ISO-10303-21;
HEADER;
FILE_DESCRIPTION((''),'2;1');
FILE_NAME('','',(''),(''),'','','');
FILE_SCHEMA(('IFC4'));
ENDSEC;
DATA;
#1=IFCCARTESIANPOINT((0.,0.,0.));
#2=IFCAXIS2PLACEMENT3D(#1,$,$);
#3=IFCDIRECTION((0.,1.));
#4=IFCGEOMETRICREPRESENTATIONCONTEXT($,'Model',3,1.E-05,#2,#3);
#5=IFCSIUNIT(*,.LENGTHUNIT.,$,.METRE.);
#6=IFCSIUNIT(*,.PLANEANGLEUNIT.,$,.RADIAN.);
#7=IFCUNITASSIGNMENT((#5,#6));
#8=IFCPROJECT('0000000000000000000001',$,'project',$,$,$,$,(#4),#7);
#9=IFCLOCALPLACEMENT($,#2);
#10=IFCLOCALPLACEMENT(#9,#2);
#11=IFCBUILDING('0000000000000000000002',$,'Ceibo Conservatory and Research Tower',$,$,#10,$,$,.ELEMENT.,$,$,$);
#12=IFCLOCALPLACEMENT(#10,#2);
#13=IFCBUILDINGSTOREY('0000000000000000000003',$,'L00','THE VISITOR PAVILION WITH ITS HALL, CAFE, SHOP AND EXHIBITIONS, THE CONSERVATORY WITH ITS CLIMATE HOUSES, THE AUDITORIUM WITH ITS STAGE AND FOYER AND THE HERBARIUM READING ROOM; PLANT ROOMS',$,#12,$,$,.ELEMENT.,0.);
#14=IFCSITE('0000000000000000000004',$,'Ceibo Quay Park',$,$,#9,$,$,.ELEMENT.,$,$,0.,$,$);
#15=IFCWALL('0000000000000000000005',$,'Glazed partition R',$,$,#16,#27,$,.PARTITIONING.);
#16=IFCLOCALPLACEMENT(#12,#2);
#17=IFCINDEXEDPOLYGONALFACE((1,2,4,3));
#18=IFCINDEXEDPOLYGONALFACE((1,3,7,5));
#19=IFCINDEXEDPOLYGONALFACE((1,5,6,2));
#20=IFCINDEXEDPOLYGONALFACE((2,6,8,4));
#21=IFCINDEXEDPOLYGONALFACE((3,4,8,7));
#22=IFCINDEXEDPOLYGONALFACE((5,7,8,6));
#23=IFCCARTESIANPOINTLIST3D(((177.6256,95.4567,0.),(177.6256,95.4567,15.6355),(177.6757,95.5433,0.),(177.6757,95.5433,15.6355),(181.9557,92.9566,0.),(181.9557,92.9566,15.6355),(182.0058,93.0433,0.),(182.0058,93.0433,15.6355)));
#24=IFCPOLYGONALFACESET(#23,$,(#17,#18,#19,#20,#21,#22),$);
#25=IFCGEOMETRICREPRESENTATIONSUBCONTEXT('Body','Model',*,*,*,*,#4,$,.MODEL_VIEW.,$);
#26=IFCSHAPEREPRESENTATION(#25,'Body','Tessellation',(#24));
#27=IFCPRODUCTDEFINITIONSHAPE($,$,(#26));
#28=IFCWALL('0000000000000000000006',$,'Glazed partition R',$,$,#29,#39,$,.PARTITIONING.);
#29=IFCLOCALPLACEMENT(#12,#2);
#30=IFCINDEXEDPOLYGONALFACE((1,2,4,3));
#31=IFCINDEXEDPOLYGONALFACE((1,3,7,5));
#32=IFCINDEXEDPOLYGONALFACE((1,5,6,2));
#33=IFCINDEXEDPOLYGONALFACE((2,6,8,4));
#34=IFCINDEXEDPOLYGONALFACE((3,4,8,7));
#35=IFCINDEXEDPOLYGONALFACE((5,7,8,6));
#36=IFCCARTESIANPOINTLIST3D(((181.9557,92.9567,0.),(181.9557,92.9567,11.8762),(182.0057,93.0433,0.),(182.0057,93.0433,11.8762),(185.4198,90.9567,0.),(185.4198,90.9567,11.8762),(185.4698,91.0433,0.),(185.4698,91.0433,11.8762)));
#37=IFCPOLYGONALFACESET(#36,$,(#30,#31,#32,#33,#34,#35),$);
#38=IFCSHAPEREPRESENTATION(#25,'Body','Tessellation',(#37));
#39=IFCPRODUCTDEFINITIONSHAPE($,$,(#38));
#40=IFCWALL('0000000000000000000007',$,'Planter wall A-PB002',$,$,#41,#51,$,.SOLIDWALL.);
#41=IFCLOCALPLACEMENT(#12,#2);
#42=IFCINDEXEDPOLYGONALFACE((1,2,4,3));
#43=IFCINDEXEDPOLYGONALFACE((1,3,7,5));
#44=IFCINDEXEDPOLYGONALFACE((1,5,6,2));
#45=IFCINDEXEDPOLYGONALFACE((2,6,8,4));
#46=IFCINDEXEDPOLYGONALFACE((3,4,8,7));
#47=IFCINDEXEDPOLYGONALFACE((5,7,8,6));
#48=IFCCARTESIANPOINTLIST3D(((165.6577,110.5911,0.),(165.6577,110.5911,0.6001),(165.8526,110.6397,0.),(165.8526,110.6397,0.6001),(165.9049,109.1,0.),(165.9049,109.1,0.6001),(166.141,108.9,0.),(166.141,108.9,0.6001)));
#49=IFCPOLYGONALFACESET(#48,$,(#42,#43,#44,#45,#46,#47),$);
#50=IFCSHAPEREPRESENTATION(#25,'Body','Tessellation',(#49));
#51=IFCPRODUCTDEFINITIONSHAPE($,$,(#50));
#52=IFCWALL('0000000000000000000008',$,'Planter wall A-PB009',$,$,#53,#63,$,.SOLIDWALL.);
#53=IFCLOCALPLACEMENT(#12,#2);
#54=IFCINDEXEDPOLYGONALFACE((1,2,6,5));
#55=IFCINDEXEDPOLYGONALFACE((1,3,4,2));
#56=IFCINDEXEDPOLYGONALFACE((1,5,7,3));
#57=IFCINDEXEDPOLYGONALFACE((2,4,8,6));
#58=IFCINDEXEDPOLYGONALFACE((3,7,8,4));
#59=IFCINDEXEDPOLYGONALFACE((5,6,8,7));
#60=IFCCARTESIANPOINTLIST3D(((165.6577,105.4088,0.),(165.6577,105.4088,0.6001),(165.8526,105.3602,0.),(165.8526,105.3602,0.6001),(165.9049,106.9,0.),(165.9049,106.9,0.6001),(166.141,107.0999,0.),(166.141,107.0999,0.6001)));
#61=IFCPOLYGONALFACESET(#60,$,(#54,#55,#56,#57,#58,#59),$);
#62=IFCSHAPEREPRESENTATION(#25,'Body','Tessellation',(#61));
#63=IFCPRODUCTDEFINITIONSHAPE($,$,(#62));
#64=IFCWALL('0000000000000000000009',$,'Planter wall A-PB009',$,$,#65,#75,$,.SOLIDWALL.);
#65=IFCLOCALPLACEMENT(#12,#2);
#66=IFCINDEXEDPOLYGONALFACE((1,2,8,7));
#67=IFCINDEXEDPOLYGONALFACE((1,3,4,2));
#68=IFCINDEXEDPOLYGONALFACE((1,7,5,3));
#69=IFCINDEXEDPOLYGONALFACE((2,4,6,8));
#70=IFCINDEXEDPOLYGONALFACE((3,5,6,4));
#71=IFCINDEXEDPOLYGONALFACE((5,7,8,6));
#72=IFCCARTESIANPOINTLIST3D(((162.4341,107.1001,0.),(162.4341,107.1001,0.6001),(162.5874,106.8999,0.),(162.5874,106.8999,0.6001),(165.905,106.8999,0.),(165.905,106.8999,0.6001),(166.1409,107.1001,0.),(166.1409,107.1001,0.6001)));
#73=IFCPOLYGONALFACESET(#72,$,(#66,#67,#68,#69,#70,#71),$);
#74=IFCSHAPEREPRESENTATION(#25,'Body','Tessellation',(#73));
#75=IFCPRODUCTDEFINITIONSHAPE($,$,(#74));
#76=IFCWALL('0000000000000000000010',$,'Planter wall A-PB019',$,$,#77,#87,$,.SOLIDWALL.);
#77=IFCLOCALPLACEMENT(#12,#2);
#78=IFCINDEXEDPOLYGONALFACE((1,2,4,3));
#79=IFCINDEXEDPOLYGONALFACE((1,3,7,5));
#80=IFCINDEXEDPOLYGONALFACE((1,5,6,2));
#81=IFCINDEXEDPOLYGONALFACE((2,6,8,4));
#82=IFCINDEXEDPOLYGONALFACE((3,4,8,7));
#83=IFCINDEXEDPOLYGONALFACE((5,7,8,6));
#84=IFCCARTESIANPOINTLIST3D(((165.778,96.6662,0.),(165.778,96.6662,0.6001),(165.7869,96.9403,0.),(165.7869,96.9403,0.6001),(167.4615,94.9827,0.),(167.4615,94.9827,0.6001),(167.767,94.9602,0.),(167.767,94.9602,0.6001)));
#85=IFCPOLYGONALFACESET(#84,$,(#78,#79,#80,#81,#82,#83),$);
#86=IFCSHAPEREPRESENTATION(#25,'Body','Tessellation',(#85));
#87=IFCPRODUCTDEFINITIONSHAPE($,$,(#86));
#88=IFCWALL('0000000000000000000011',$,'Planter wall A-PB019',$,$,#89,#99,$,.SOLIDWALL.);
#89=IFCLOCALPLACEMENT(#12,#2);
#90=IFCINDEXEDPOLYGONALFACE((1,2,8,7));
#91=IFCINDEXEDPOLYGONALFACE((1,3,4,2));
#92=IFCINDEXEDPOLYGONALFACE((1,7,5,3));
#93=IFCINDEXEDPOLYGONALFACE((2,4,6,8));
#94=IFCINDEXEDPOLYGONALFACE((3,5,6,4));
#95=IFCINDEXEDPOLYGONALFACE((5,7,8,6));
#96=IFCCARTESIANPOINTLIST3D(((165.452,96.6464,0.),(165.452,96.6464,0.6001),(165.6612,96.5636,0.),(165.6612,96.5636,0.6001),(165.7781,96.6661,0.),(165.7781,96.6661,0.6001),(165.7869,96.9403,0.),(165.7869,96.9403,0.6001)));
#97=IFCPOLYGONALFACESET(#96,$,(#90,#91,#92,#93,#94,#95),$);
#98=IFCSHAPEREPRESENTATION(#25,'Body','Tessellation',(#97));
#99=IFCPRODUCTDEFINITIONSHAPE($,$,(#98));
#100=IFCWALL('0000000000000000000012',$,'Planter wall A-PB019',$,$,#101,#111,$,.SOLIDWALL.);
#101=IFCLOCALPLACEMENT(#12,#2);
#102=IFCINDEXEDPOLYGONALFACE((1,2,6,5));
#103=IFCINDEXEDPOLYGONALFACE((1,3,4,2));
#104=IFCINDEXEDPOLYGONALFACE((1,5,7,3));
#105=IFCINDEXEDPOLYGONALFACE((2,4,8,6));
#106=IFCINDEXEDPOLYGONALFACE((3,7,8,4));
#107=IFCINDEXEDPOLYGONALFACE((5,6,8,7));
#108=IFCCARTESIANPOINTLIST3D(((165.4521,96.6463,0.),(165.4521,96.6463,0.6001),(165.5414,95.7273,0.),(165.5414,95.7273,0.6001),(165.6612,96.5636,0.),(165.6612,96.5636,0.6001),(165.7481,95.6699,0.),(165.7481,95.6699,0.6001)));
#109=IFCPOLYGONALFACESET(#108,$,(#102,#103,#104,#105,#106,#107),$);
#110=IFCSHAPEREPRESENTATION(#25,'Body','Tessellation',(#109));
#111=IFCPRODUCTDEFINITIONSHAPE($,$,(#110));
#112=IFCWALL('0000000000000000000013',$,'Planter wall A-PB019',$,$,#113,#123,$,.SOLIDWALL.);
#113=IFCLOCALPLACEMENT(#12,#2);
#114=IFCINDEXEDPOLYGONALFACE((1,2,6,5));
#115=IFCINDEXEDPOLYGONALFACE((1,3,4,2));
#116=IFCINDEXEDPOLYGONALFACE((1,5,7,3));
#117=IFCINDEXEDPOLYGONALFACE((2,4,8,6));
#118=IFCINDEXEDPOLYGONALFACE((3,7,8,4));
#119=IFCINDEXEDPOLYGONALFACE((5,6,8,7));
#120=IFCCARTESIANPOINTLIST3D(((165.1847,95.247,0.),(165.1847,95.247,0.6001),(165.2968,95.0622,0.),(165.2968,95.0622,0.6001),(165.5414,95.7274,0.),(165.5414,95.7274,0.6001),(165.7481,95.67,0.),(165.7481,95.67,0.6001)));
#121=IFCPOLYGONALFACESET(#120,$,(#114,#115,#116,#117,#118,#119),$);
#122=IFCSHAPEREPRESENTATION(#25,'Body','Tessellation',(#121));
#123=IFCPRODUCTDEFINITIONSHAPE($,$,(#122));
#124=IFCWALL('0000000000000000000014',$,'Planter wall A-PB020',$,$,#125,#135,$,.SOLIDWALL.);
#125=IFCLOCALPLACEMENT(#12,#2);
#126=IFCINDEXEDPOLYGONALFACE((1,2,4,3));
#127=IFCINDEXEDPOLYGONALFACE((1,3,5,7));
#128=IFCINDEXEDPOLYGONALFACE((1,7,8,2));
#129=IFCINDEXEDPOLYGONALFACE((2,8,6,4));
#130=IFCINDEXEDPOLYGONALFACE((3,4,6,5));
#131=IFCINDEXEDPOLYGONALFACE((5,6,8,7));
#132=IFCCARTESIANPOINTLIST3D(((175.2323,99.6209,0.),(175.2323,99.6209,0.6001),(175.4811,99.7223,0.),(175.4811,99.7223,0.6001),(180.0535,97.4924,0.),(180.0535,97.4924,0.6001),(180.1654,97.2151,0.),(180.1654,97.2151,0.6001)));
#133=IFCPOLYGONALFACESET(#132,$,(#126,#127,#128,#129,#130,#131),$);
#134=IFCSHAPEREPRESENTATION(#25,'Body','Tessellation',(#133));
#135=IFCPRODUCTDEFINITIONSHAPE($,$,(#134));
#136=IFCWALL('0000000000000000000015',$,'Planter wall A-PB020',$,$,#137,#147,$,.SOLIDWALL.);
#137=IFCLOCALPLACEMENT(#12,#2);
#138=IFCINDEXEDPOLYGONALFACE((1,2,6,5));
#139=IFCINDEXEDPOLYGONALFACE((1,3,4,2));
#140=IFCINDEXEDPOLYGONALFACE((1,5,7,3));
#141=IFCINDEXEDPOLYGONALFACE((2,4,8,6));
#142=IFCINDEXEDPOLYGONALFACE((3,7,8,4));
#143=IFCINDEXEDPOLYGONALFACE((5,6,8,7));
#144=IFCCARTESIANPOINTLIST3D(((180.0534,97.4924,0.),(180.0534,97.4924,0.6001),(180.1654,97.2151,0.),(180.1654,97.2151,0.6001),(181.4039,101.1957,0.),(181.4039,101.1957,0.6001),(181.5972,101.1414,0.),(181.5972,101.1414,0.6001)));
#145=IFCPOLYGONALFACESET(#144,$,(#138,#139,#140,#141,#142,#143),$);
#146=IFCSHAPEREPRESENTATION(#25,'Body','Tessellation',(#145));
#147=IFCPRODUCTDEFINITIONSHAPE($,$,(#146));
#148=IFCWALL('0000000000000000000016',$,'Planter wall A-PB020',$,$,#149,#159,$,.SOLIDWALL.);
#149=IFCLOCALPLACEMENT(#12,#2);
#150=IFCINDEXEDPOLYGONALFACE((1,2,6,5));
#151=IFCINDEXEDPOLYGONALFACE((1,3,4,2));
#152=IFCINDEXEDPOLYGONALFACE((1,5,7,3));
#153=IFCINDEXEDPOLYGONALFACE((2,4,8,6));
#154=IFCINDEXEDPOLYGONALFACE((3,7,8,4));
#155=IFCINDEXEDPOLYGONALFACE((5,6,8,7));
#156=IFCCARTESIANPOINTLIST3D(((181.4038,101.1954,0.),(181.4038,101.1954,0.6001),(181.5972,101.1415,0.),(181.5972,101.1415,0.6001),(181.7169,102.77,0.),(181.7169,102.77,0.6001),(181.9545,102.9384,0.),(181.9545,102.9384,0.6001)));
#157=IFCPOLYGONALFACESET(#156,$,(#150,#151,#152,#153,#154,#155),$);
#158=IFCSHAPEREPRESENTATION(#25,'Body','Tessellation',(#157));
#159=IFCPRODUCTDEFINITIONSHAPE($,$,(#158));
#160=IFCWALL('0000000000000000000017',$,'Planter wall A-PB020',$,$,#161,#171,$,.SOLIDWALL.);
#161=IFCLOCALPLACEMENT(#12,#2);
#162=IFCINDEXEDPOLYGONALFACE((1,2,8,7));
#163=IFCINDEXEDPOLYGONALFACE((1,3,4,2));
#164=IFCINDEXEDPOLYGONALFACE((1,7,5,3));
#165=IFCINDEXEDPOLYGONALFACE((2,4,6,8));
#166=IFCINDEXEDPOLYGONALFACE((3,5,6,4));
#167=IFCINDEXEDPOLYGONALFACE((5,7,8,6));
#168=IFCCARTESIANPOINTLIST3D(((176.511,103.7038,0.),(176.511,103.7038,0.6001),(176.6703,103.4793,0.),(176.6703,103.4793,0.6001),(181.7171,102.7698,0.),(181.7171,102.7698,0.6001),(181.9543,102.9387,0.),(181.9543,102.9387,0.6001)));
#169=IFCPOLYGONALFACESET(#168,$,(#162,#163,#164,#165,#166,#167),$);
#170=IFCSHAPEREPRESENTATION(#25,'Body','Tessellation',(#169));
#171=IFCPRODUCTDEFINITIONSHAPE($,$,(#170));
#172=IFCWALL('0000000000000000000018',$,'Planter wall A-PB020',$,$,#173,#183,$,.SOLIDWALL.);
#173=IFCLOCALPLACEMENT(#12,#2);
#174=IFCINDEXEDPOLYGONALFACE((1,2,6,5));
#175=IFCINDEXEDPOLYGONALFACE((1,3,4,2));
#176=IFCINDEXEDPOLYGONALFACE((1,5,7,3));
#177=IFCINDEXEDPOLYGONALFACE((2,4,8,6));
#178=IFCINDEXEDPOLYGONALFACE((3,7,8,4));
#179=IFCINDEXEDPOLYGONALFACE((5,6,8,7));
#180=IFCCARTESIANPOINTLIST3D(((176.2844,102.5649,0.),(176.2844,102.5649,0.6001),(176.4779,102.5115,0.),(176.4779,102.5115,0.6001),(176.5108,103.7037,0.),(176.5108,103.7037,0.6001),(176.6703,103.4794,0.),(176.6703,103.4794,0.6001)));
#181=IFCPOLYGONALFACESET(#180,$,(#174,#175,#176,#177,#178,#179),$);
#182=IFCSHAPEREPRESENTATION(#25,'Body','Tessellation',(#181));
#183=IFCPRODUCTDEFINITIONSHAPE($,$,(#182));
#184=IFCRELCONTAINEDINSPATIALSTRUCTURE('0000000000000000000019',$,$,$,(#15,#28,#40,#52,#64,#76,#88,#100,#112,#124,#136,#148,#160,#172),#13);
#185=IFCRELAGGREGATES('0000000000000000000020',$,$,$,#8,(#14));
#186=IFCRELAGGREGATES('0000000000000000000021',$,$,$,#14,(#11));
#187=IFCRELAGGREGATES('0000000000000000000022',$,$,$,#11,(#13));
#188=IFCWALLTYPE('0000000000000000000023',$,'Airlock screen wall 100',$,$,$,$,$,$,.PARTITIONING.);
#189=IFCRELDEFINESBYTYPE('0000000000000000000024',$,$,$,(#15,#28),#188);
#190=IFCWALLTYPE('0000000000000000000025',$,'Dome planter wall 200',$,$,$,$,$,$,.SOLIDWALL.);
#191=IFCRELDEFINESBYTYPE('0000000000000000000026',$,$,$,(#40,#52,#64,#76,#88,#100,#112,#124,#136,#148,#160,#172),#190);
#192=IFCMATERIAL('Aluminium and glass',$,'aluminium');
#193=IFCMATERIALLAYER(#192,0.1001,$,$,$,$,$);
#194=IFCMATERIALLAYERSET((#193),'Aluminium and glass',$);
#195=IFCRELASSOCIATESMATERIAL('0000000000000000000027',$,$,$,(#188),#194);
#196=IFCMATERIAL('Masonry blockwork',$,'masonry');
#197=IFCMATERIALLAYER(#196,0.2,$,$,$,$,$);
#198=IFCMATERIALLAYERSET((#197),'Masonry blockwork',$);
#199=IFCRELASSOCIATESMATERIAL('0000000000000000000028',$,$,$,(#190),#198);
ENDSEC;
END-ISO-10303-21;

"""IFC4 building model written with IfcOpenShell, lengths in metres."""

from ifc_helpers import new_model, si_unit, direction, frame, frame_2d, origin, place, context, subcontext, project, spatial, polyline, rectangle, outline, extrude, material, layer, layer_set, type_object, element, save


model = new_model("IFC4")

# Units and contexts
model_context = context("Model", 3, precision=1e-05, world=origin(), true_north=direction((0.0, 1.0)))
body_context = subcontext(model_context, "Body", "Model", "MODEL_VIEW")
ifc_project = project(units=[si_unit("LENGTHUNIT", "METRE"), si_unit("PLANEANGLEUNIT", "RADIAN")], contexts=[model_context])

# Site, building, storey
site_placement = place(None, origin())
site = spatial("IfcSite", under=ifc_project, at=site_placement, Name="Ceibo Quay Park", CompositionType="ELEMENT", RefElevation=0.0)
building_placement = place(site_placement, origin())
building = spatial("IfcBuilding", under=site, at=building_placement, Name="Ceibo Conservatory and Research Tower", CompositionType="ELEMENT")
storey_placement = place(building_placement, origin())
storey = spatial("IfcBuildingStorey", under=building, at=storey_placement, Name="L00", Description="THE VISITOR PAVILION WITH ITS HALL, CAFE, SHOP AND EXHIBITIONS, THE CONSERVATORY WITH ITS CLIMATE HOUSES, THE AUDITORIUM WITH ITS STAGE AND FOYER AND THE HERBARIUM READING ROOM; PLANT ROOMS", CompositionType="ELEMENT", Elevation=0.0)

# Walls
ifc_material_1 = material(Name="Aluminium and glass", Category="aluminium")
ifc_layer_1 = layer(ifc_material_1, 0.1001)
ifc_layer_set_1 = layer_set([ifc_layer_1], Name="Aluminium and glass")
wall_type_1 = type_object("IfcWallType", Name="Airlock screen wall 100", PredefinedType="PARTITIONING", material=ifc_layer_set_1)
wall_1_placement = place(storey_placement, frame((177.6506, 95.5, 0.0), z_axis=(0.0, 0.0, 1.0), x_axis=(0.866023, -0.500004, 0.0)))
element("IfcWall", 1, at=wall_1_placement, inside=storey, type_object=wall_type_1, Name="Glazed partition R", PredefinedType="PARTITIONING", context=body_context, shape_type="SweptSolid", body=[
    extrude(rectangle(XDim=5.0, YDim=0.1001, at=frame_2d((2.5, 0.0))), origin(), (0.0, 0.0, 1.0), 15.6355),
])
wall_2_placement = place(storey_placement, frame((181.9807, 93.0, 0.0), z_axis=(0.0, 0.0, 1.0), x_axis=(0.866026, -0.499999, 0.0)))
element("IfcWall", 2, at=wall_2_placement, inside=storey, type_object=wall_type_1, Name="Glazed partition R", PredefinedType="PARTITIONING", context=body_context, shape_type="SweptSolid", body=[
    extrude(rectangle(XDim=4.0, YDim=0.1001, at=frame_2d((2.0, 0.0))), origin(), (0.0, 0.0, 1.0), 11.8762),
])
ifc_material_2 = material(Name="Masonry blockwork", Category="masonry")
ifc_layer_2 = layer(ifc_material_2, 0.2)
ifc_layer_set_2 = layer_set([ifc_layer_2], Name="Masonry blockwork")
wall_type_2 = type_object("IfcWallType", Name="Dome planter wall 200", PredefinedType="SOLIDWALL", material=ifc_layer_set_2)
wall_3_placement = place(storey_placement, frame((166.0229, 109.0, 0.0), z_axis=(0.0, 0.0, 1.0), x_axis=(-0.163553, 0.986535, 0.0)))
element("IfcWall", 3, at=wall_3_placement, inside=storey, type_object=wall_type_2, Name="Planter wall A-PB002", PredefinedType="SOLIDWALL", context=body_context, shape_type="SweptSolid", body=[
    extrude(outline(polyline([(-0.1179, -0.1001), (1.6455, -0.1001), (1.6294, 0.1001), (0.1179, 0.1001), (-0.1179, -0.1001)])), origin(), (0.0, 0.0, 1.0), 0.6001),
])
wall_4_placement = place(storey_placement, frame((165.7551, 105.3845, 0.0), z_axis=(0.0, 0.0, 1.0), x_axis=(0.163553, 0.986535, 0.0)))
element("IfcWall", 4, at=wall_4_placement, inside=storey, type_object=wall_type_2, Name="Planter wall A-PB009", PredefinedType="SOLIDWALL", context=body_context, shape_type="SweptSolid", body=[
    extrude(outline(polyline([(-0.0081, -0.1001), (1.7554, -0.1001), (1.5195, 0.1001), (0.0081, 0.1001), (-0.0081, -0.1001)])), origin(), (0.0, 0.0, 1.0), 0.6001),
])
wall_5_placement = place(storey_placement, frame((166.0229, 107.0, 0.0), z_axis=(0.0, 0.0, 1.0), x_axis=(-1.0, 0.0, 0.0)))
element("IfcWall", 5, at=wall_5_placement, inside=storey, type_object=wall_type_2, Name="Planter wall A-PB009", PredefinedType="SOLIDWALL", context=body_context, shape_type="SweptSolid", body=[
    extrude(outline(polyline([(-0.1179, -0.1001), (3.5889, -0.1001), (3.4355, 0.1001), (0.1179, 0.1001), (-0.1179, -0.1001)])), origin(), (0.0, 0.0, 1.0), 0.6001),
])
wall_6_placement = place(storey_placement, frame((167.6143, 94.9714, 0.0), z_axis=(0.0, 0.0, 1.0), x_axis=(-0.707107, 0.707107, 0.0)))
element("IfcWall", 6, at=wall_6_placement, inside=storey, type_object=wall_type_2, Name="Planter wall A-PB019", PredefinedType="SOLIDWALL", context=body_context, shape_type="SweptSolid", body=[
    extrude(outline(polyline([(-0.116, -0.1001), (2.6843, -0.1001), (2.4968, 0.1001), (0.116, 0.1001), (-0.116, -0.1001)])), origin(), (0.0, 0.0, 1.0), 0.6001),
])
wall_7_placement = place(storey_placement, frame((165.7825, 96.8032, 0.0), z_axis=(0.0, 0.0, 1.0), x_axis=(-0.751519, -0.659712, 0.0)))
element("IfcWall", 7, at=wall_7_placement, inside=storey, type_object=wall_type_2, Name="Planter wall A-PB019", PredefinedType="SOLIDWALL", context=body_context, shape_type="SweptSolid", body=[
    extrude(outline(polyline([(-0.0938, -0.1001), (0.3518, -0.1001), (0.2493, 0.1001), (0.0938, 0.1001), (-0.0938, -0.1001)])), origin(), (0.0, 0.0, 1.0), 0.6001),
])
wall_8_placement = place(storey_placement, frame((165.5566, 96.605, 0.0), z_axis=(0.0, 0.0, 1.0), x_axis=(0.096795, -0.995304, 0.0)))
element("IfcWall", 8, at=wall_8_placement, inside=storey, type_object=wall_type_2, Name="Planter wall A-PB019", PredefinedType="SOLIDWALL", context=body_context, shape_type="SweptSolid", body=[
    extrude(outline(polyline([(-0.0513, -0.1001), (0.8721, -0.1001), (0.9492, 0.1001), (0.0513, 0.1001), (-0.0513, -0.1001)])), origin(), (0.0, 0.0, 1.0), 0.6001),
])
wall_9_placement = place(storey_placement, frame((165.6448, 95.6987, 0.0), z_axis=(0.0, 0.0, 1.0), x_axis=(-0.596132, -0.802887, 0.0)))
element("IfcWall", 9, at=wall_9_placement, inside=storey, type_object=wall_type_2, Name="Planter wall A-PB019", PredefinedType="SOLIDWALL", context=body_context, shape_type="SweptSolid", body=[
    extrude(outline(polyline([(0.0386, -0.1001), (0.637, -0.1001), (0.7185, 0.1001), (-0.0386, 0.1001), (0.0386, -0.1001)])), origin(), (0.0, 0.0, 1.0), 0.6001),
])
wall_10_placement = place(storey_placement, frame((175.3567, 99.6716, 0.0), z_axis=(0.0, 0.0, 1.0), x_axis=(0.898807, -0.438345, 0.0)))
element("IfcWall", 10, at=wall_10_placement, inside=storey, type_object=wall_type_2, Name="Planter wall A-PB020", PredefinedType="SOLIDWALL", context=body_context, shape_type="SweptSolid", body=[
    extrude(outline(polyline([(-0.0896, -0.1001), (5.3989, -0.1001), (5.1768, 0.1001), (0.0896, 0.1001), (-0.0896, -0.1001)])), origin(), (0.0, 0.0, 1.0), 0.6001),
])
wall_11_placement = place(storey_placement, frame((180.1094, 97.3538, 0.0), z_axis=(0.0, 0.0, 1.0), x_axis=(0.342602, 0.939481, 0.0)))
element("IfcWall", 11, at=wall_11_placement, inside=storey, type_object=wall_type_2, Name="Planter wall A-PB020", PredefinedType="SOLIDWALL", context=body_context, shape_type="SweptSolid", body=[
    extrude(outline(polyline([(-0.1111, -0.1001), (4.0681, -0.1001), (4.053, 0.1001), (0.1111, 0.1001), (-0.1111, -0.1001)])), origin(), (0.0, 0.0, 1.0), 0.6001),
])
wall_12_placement = place(storey_placement, frame((181.5005, 101.1685, 0.0), z_axis=(0.0, 0.0, 1.0), x_axis=(0.195023, 0.980799, 0.0)))
element("IfcWall", 12, at=wall_12_placement, inside=storey, type_object=wall_type_2, Name="Planter wall A-PB020", PredefinedType="SOLIDWALL", context=body_context, shape_type="SweptSolid", body=[
    extrude(outline(polyline([(-0.0076, -0.1001), (1.8245, -0.1001), (1.613, 0.1001), (0.0076, 0.1001), (-0.0076, -0.1001)])), origin(), (0.0, 0.0, 1.0), 0.6001),
])
wall_13_placement = place(storey_placement, frame((181.8357, 102.8542, 0.0), z_axis=(0.0, 0.0, 1.0), x_axis=(-0.990264, 0.139201, 0.0)))
element("IfcWall", 13, at=wall_13_placement, inside=storey, type_object=wall_type_2, Name="Planter wall A-PB020", PredefinedType="SOLIDWALL", context=body_context, shape_type="SweptSolid", body=[
    extrude(outline(polyline([(-0.1057, -0.1001), (5.3911, -0.1001), (5.2021, 0.1001), (0.1057, 0.1001), (-0.1057, -0.1001)])), origin(), (0.0, 0.0, 1.0), 0.6001),
])
wall_14_placement = place(storey_placement, frame((176.5906, 103.5916, 0.0), z_axis=(0.0, 0.0, 1.0), x_axis=(-0.195023, -0.980799, 0.0)))
element("IfcWall", 14, at=wall_14_placement, inside=storey, type_object=wall_type_2, Name="Planter wall A-PB020", PredefinedType="SOLIDWALL", context=body_context, shape_type="SweptSolid", body=[
    extrude(outline(polyline([(-0.0945, -0.1001), (1.0667, -0.1001), (1.0813, 0.1001), (0.0945, 0.1001), (-0.0945, -0.1001)])), origin(), (0.0, 0.0, 1.0), 0.6001),
])

save(model, "model.ifc")
